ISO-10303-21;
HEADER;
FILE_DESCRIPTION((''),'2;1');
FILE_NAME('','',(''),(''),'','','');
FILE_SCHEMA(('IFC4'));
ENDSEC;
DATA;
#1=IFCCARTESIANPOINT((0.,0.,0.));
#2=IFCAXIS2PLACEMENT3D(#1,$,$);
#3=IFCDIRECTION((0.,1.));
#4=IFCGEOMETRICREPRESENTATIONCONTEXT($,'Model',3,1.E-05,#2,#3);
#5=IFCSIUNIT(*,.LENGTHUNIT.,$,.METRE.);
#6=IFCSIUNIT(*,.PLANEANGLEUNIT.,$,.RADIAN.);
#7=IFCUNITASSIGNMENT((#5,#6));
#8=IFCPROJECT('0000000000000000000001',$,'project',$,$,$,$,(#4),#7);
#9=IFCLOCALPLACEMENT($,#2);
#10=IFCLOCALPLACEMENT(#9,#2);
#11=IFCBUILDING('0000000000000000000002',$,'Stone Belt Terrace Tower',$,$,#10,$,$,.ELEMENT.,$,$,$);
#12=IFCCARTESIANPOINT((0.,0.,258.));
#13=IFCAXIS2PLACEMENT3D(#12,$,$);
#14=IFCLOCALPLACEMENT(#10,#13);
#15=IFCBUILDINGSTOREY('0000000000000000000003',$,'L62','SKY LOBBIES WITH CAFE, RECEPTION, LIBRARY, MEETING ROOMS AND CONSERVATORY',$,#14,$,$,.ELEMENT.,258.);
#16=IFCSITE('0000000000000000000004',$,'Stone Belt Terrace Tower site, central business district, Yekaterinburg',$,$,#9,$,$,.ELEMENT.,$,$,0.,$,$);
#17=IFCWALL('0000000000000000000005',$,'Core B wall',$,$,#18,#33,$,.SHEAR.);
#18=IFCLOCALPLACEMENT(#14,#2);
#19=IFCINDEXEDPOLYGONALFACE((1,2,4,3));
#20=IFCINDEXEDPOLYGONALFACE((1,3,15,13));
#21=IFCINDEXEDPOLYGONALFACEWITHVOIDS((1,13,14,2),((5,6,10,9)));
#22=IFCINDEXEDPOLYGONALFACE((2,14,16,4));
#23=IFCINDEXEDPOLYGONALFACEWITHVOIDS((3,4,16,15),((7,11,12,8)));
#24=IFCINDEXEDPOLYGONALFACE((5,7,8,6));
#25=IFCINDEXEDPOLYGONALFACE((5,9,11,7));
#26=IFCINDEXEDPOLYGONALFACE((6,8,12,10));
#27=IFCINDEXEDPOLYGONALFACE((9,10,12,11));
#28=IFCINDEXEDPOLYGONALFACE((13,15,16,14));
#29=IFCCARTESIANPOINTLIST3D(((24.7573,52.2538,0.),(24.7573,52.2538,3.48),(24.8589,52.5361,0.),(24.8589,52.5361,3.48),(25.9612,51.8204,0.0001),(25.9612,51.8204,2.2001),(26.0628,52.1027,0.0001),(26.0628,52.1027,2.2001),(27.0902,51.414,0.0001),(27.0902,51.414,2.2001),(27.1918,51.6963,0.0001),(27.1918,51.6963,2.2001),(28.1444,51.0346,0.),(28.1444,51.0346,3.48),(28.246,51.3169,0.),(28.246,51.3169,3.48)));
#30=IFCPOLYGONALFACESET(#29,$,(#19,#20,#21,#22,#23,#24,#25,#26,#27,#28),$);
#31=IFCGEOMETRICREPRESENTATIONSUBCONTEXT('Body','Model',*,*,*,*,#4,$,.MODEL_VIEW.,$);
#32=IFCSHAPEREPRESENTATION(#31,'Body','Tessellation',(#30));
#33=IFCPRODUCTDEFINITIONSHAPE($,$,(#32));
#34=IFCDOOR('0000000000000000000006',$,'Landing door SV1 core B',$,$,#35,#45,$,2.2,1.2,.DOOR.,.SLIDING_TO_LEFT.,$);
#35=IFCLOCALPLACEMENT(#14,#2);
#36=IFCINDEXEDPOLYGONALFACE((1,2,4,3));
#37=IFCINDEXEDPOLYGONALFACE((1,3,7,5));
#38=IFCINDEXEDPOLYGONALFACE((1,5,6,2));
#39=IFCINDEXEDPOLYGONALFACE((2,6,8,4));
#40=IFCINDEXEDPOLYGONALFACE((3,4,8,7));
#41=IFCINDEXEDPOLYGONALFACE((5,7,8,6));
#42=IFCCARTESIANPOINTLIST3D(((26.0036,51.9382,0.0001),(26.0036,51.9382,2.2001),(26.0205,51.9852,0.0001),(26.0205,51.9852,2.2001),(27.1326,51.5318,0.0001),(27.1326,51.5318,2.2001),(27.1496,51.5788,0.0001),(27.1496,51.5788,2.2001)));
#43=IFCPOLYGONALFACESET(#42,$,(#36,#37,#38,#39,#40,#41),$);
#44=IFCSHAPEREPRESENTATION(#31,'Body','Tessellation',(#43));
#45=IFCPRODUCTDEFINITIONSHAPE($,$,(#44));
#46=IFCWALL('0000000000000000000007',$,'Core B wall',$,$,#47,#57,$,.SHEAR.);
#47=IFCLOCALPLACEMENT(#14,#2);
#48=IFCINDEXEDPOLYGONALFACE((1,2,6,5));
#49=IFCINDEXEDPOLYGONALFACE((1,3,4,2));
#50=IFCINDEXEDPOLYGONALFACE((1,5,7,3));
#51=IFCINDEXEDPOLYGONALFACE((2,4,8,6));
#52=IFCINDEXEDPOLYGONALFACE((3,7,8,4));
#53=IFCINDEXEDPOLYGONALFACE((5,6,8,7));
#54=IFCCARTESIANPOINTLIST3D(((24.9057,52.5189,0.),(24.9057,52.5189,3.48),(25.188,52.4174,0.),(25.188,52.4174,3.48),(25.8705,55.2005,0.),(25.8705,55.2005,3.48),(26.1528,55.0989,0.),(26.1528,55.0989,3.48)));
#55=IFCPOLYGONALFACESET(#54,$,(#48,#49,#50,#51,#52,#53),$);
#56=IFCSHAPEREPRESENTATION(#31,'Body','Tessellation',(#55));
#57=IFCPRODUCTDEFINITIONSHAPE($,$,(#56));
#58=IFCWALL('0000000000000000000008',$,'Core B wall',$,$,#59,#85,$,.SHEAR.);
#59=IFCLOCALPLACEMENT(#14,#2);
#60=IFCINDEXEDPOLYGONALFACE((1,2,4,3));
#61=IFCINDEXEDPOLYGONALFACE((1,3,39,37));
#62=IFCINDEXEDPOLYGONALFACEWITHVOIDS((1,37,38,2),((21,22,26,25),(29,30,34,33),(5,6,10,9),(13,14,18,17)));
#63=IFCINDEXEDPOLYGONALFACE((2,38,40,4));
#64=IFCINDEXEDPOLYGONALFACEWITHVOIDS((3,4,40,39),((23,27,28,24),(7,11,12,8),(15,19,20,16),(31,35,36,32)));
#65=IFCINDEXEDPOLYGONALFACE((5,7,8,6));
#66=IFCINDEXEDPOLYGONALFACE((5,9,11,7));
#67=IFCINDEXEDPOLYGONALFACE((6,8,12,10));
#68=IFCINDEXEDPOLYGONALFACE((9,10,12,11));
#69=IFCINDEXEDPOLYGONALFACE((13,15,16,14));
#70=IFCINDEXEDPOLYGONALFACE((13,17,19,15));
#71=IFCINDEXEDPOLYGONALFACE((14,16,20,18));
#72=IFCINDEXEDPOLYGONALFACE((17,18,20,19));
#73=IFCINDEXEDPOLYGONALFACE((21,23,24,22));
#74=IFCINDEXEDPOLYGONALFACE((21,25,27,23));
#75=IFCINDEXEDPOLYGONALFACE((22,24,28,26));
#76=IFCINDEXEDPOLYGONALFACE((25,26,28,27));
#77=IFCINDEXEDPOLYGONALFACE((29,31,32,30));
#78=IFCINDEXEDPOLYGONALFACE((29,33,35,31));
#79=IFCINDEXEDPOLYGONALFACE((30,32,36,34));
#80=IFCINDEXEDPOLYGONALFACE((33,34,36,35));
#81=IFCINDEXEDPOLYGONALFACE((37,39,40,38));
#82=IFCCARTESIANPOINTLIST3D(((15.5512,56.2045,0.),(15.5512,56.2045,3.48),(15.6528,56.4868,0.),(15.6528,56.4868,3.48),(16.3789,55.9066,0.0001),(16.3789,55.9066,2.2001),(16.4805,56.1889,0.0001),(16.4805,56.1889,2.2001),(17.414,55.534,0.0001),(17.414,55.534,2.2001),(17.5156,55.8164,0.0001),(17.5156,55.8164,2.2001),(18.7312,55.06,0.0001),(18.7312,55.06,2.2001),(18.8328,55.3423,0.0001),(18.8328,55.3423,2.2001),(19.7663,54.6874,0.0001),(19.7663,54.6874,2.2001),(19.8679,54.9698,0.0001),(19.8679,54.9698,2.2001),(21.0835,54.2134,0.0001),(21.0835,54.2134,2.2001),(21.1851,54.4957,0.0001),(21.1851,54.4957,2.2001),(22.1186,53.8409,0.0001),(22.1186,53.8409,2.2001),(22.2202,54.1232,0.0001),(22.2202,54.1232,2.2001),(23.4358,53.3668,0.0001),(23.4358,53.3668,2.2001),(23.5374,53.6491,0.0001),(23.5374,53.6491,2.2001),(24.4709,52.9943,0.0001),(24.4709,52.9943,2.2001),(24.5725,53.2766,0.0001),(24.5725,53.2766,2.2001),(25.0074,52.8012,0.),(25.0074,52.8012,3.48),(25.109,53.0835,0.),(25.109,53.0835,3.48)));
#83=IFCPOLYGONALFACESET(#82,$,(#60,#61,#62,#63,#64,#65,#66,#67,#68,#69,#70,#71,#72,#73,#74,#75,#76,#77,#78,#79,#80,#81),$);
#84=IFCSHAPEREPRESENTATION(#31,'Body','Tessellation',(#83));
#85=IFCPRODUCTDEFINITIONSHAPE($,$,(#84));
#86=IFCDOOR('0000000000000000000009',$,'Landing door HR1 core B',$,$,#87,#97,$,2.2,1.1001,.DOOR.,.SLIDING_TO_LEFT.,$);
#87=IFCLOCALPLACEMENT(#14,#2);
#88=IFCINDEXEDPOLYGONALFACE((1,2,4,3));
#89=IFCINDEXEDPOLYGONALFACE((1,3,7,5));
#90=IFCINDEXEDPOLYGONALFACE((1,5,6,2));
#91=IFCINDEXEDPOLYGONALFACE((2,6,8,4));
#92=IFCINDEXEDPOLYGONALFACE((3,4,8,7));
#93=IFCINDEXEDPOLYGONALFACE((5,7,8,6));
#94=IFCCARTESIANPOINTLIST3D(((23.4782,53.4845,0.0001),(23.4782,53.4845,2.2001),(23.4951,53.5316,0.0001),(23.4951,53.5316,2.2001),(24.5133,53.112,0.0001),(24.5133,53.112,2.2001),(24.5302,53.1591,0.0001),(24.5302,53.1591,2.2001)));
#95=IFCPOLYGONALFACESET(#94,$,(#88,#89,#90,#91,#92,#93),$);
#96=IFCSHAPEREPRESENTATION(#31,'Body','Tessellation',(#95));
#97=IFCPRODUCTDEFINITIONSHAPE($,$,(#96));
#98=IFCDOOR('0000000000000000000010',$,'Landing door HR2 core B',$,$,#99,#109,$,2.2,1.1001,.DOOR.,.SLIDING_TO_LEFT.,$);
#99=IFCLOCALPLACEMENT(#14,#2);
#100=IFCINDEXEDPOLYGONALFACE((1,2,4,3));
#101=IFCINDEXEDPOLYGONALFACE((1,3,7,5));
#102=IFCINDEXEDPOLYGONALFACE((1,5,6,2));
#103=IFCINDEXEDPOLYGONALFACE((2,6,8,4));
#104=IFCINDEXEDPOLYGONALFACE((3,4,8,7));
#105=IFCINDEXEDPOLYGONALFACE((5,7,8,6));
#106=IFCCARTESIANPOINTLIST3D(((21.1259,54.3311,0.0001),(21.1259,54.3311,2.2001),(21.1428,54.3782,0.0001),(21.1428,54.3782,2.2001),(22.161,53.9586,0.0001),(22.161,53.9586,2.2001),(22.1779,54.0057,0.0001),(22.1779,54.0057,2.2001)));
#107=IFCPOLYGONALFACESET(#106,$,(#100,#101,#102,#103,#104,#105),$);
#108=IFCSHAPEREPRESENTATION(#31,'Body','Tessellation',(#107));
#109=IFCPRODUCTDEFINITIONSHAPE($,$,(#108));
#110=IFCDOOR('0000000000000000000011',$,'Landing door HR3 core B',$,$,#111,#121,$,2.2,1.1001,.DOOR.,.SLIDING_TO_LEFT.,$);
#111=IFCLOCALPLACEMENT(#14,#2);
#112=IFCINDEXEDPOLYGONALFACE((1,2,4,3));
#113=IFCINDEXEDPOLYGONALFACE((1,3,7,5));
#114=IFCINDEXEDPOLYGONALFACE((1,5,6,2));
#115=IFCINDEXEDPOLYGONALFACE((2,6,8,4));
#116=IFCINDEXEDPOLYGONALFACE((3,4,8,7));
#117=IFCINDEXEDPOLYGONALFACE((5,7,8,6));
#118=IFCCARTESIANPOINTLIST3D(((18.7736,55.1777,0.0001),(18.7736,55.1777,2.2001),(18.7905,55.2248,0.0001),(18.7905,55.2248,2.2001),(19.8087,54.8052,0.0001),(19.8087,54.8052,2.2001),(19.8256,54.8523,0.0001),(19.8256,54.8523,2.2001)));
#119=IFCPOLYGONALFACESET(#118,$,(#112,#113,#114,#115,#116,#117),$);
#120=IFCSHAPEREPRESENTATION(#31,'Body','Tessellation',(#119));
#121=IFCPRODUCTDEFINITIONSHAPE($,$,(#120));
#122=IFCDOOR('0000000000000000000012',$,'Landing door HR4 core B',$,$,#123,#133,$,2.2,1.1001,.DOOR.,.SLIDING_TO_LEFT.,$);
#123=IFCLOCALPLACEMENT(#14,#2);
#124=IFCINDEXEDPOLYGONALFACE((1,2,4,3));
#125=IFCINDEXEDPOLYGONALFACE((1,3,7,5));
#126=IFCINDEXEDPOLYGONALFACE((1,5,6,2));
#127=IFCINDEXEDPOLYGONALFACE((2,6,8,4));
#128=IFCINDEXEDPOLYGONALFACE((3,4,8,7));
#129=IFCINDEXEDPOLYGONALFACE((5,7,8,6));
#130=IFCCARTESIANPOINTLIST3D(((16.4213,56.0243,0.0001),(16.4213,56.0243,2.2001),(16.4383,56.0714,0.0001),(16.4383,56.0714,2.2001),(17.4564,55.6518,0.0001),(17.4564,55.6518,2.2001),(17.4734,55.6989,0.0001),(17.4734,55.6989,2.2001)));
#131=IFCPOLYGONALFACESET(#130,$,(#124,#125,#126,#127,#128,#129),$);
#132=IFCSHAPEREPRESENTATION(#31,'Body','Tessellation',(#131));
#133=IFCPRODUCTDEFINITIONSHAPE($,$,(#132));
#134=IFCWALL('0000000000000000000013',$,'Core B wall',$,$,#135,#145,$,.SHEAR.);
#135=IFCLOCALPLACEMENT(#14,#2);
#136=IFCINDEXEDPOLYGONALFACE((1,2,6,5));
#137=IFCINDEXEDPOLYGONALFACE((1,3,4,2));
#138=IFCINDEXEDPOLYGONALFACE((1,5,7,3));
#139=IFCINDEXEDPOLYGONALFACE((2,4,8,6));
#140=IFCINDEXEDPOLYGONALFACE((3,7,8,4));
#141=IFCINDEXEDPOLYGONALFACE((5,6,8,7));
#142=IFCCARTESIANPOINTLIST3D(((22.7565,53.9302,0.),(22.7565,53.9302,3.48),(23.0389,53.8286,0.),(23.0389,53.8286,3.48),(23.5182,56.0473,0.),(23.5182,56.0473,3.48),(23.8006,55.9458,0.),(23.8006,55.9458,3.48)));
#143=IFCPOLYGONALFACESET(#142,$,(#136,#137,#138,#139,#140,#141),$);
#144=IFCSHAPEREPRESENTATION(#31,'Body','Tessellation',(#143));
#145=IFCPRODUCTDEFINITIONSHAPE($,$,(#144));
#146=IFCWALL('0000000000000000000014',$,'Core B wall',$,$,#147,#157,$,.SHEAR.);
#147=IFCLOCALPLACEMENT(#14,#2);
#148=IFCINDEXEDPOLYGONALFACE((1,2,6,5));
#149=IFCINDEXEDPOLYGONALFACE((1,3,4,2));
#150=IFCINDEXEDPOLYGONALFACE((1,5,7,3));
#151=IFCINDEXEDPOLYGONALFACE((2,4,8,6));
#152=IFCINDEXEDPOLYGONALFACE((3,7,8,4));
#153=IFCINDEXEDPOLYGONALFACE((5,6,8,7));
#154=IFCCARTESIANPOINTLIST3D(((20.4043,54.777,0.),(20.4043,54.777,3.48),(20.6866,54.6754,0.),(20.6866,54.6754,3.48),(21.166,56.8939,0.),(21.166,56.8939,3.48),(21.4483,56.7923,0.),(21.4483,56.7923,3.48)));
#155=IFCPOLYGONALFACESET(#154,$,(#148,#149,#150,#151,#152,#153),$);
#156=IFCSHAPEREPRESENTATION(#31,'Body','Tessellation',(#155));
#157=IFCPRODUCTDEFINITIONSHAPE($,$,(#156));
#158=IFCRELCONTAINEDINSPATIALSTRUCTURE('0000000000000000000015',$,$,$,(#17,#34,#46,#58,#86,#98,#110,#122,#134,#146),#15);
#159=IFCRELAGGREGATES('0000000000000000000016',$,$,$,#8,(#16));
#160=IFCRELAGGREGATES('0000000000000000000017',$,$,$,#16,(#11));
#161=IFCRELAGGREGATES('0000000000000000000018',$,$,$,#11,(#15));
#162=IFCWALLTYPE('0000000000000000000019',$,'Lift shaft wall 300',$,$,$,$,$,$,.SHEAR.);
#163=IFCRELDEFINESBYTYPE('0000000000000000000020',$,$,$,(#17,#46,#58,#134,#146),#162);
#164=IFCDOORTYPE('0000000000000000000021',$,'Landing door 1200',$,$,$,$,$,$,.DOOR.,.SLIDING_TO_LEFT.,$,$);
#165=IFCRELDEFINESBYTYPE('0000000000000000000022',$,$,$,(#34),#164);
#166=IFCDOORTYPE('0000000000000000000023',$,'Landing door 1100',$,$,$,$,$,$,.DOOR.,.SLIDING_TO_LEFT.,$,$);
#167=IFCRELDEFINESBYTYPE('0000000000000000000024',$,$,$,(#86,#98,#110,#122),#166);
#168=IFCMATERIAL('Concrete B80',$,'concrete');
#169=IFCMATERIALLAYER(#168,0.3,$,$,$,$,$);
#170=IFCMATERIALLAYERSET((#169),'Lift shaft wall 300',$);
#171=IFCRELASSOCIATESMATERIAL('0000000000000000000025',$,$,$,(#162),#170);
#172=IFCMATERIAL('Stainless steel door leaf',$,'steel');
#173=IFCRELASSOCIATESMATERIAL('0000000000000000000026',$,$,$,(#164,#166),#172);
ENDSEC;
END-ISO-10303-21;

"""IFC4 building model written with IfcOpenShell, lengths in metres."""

from ifc_helpers import new_model, si_unit, direction, frame, frame_2d, origin, place, context, subcontext, project, spatial, rectangle, extrude, material, layer, layer_set, type_object, element, fill, save


model = new_model("IFC4")

# Units and contexts
model_context = context("Model", 3, precision=1e-05, world=origin(), true_north=direction((0.0, 1.0)))
body_context = subcontext(model_context, "Body", "Model", "MODEL_VIEW")
ifc_project = project(units=[si_unit("LENGTHUNIT", "METRE"), si_unit("PLANEANGLEUNIT", "RADIAN")], contexts=[model_context])

# Site, building, storey
site_placement = place(None, origin())
site = spatial("IfcSite", under=ifc_project, at=site_placement, Name="Stone Belt Terrace Tower site, central business district, Yekaterinburg", CompositionType="ELEMENT", RefElevation=0.0)
building_placement = place(site_placement, origin())
building = spatial("IfcBuilding", under=site, at=building_placement, Name="Stone Belt Terrace Tower", CompositionType="ELEMENT")
storey_placement = place(building_placement, frame((0.0, 0.0, 258.0)))
storey = spatial("IfcBuildingStorey", under=building, at=storey_placement, Name="L62", Description="SKY LOBBIES WITH CAFE, RECEPTION, LIBRARY, MEETING ROOMS AND CONSERVATORY", CompositionType="ELEMENT", Elevation=258.0)

# Wall, opening, door
ifc_material_1 = material(Name="Concrete B80", Category="concrete")
ifc_layer_1 = layer(ifc_material_1, 0.3)
ifc_layer_set_1 = layer_set([ifc_layer_1], Name="Lift shaft wall 300")
wall_type_1 = type_object("IfcWallType", Name="Lift shaft wall 300", PredefinedType="SHEAR", material=ifc_layer_set_1)
wall_1_placement = place(storey_placement, frame((28.1951, 51.1758, 0.0), z_axis=(0.0, 0.0, 1.0), x_axis=(-0.940901, 0.338681, 0.0)))
wall_1 = element("IfcWall", 1, at=wall_1_placement, inside=storey, type_object=wall_type_1, Name="Core B wall", PredefinedType="SHEAR", context=body_context, shape_type="SweptSolid", body=[
    extrude(rectangle(XDim=3.5999, YDim=0.3, at=frame_2d((1.7998, 0.0))), origin(), (0.0, 0.0, 1.0), 3.48),
])
opening_1_placement = place(wall_1_placement, frame((1.1201, 0.0, 0.0)))
opening_1 = element("IfcOpeningElement", 2, at=opening_1_placement, cuts=wall_1, PredefinedType="OPENING", context=body_context, shape_type="SweptSolid", body=[
    extrude(rectangle(XDim=1.2, YDim=2.2, at=frame_2d((0.6001, 1.1001))), frame((0.0, 0.1599, 0.0), z_axis=(0.0, -1.0, 0.0), x_axis=(1.0, 0.0, 0.0)), (0.0, 0.0, 1.0), 0.3201),
])
ifc_material_2 = material(Name="Stainless steel door leaf", Category="steel")
door_type_1 = type_object("IfcDoorType", Name="Landing door 1200", OperationType="SLIDING_TO_LEFT", PredefinedType="DOOR", material=ifc_material_2)
door_1_placement = place(opening_1_placement, origin())
door_1 = element("IfcDoor", 3, at=door_1_placement, inside=storey, type_object=door_type_1, Name="Landing door SV1 core B", OperationType="SLIDING_TO_LEFT", OverallHeight=2.2, OverallWidth=1.2, PredefinedType="DOOR", context=body_context, shape_type="SweptSolid", body=[
    extrude(rectangle(XDim=1.2, YDim=2.2, at=frame_2d((0.6001, 1.1001))), frame((0.0, 0.0249, 0.0), z_axis=(0.0, -1.0, 0.0), x_axis=(1.0, 0.0, 0.0)), (0.0, 0.0, 1.0), 0.05),
])
fill(opening_1, door_1)

# Wall
wall_2_placement = place(storey_placement, frame((25.0469, 52.4683, 0.0), z_axis=(0.0, 0.0, 1.0), x_axis=(0.33855, 0.940949, 0.0)))
element("IfcWall", 4, at=wall_2_placement, inside=storey, type_object=wall_type_1, Name="Core B wall", PredefinedType="SHEAR", context=body_context, shape_type="SweptSolid", body=[
    extrude(rectangle(XDim=2.8499, YDim=0.3, at=frame_2d((1.4248, 0.0))), origin(), (0.0, 0.0, 1.0), 3.48),
])

# Wall, openings, doors
wall_3_placement = place(storey_placement, frame((25.0581, 52.9424, 0.0), z_axis=(0.0, 0.0, 1.0), x_axis=(-0.940917, 0.338636, 0.0)))
wall_3 = element("IfcWall", 5, at=wall_3_placement, inside=storey, type_object=wall_type_1, Name="Core B wall", PredefinedType="SHEAR", context=body_context, shape_type="SweptSolid", body=[
    extrude(rectangle(XDim=10.05, YDim=0.3, at=frame_2d((5.0249, 0.0))), origin(), (0.0, 0.0, 1.0), 3.48),
])
opening_2_placement = place(wall_3_placement, frame((0.5701, 0.0, 0.0)))
opening_2 = element("IfcOpeningElement", 6, at=opening_2_placement, cuts=wall_3, PredefinedType="OPENING", context=body_context, shape_type="SweptSolid", body=[
    extrude(rectangle(XDim=1.1001, YDim=2.2, at=frame_2d((0.55, 1.1001))), frame((0.0, 0.1599, 0.0), z_axis=(0.0, -1.0, 0.0), x_axis=(1.0, 0.0, 0.0)), (0.0, 0.0, 1.0), 0.3201),
])
opening_3_placement = place(wall_3_placement, frame((3.0701, 0.0, 0.0)))
opening_3 = element("IfcOpeningElement", 7, at=opening_3_placement, cuts=wall_3, PredefinedType="OPENING", context=body_context, shape_type="SweptSolid", body=[
    extrude(rectangle(XDim=1.1001, YDim=2.2, at=frame_2d((0.55, 1.1001))), frame((0.0, 0.1599, 0.0), z_axis=(0.0, -1.0, 0.0), x_axis=(1.0, 0.0, 0.0)), (0.0, 0.0, 1.0), 0.3201),
])
opening_4_placement = place(wall_3_placement, frame((5.5701, 0.0, 0.0)))
opening_4 = element("IfcOpeningElement", 8, at=opening_4_placement, cuts=wall_3, PredefinedType="OPENING", context=body_context, shape_type="SweptSolid", body=[
    extrude(rectangle(XDim=1.1001, YDim=2.2, at=frame_2d((0.55, 1.1001))), frame((0.0, 0.1599, 0.0), z_axis=(0.0, -1.0, 0.0), x_axis=(1.0, 0.0, 0.0)), (0.0, 0.0, 1.0), 0.3201),
])
opening_5_placement = place(wall_3_placement, frame((8.0701, 0.0, 0.0)))
opening_5 = element("IfcOpeningElement", 9, at=opening_5_placement, cuts=wall_3, PredefinedType="OPENING", context=body_context, shape_type="SweptSolid", body=[
    extrude(rectangle(XDim=1.1001, YDim=2.2, at=frame_2d((0.55, 1.1001))), frame((0.0, 0.1599, 0.0), z_axis=(0.0, -1.0, 0.0), x_axis=(1.0, 0.0, 0.0)), (0.0, 0.0, 1.0), 0.3201),
])
door_type_2 = type_object("IfcDoorType", Name="Landing door 1100", OperationType="SLIDING_TO_LEFT", PredefinedType="DOOR", material=ifc_material_2)
door_2_placement = place(opening_2_placement, origin())
door_2 = element("IfcDoor", 10, at=door_2_placement, inside=storey, type_object=door_type_2, Name="Landing door HR1 core B", OperationType="SLIDING_TO_LEFT", OverallHeight=2.2, OverallWidth=1.1001, PredefinedType="DOOR", context=body_context, shape_type="SweptSolid", body=[
    extrude(rectangle(XDim=1.1001, YDim=2.2, at=frame_2d((0.55, 1.1001))), frame((0.0, 0.0249, 0.0), z_axis=(0.0, -1.0, 0.0), x_axis=(1.0, 0.0, 0.0)), (0.0, 0.0, 1.0), 0.05),
])
fill(opening_2, door_2)
door_3_placement = place(opening_3_placement, origin())
door_3 = element("IfcDoor", 11, at=door_3_placement, inside=storey, type_object=door_type_2, Name="Landing door HR2 core B", OperationType="SLIDING_TO_LEFT", OverallHeight=2.2, OverallWidth=1.1001, PredefinedType="DOOR", context=body_context, shape_type="SweptSolid", body=[
    extrude(rectangle(XDim=1.1001, YDim=2.2, at=frame_2d((0.55, 1.1001))), frame((0.0, 0.0249, 0.0), z_axis=(0.0, -1.0, 0.0), x_axis=(1.0, 0.0, 0.0)), (0.0, 0.0, 1.0), 0.05),
])
fill(opening_3, door_3)
door_4_placement = place(opening_4_placement, origin())
door_4 = element("IfcDoor", 12, at=door_4_placement, inside=storey, type_object=door_type_2, Name="Landing door HR3 core B", OperationType="SLIDING_TO_LEFT", OverallHeight=2.2, OverallWidth=1.1001, PredefinedType="DOOR", context=body_context, shape_type="SweptSolid", body=[
    extrude(rectangle(XDim=1.1001, YDim=2.2, at=frame_2d((0.55, 1.1001))), frame((0.0, 0.0249, 0.0), z_axis=(0.0, -1.0, 0.0), x_axis=(1.0, 0.0, 0.0)), (0.0, 0.0, 1.0), 0.05),
])
fill(opening_4, door_4)
door_5_placement = place(opening_5_placement, origin())
door_5 = element("IfcDoor", 13, at=door_5_placement, inside=storey, type_object=door_type_2, Name="Landing door HR4 core B", OperationType="SLIDING_TO_LEFT", OverallHeight=2.2, OverallWidth=1.1001, PredefinedType="DOOR", context=body_context, shape_type="SweptSolid", body=[
    extrude(rectangle(XDim=1.1001, YDim=2.2, at=frame_2d((0.55, 1.1001))), frame((0.0, 0.0249, 0.0), z_axis=(0.0, -1.0, 0.0), x_axis=(1.0, 0.0, 0.0)), (0.0, 0.0, 1.0), 0.05),
])
fill(opening_5, door_5)

# Walls
wall_4_placement = place(storey_placement, frame((22.8977, 53.8794, 0.0), z_axis=(0.0, 0.0, 1.0), x_axis=(0.338535, 0.940954, 0.0)))
element("IfcWall", 14, at=wall_4_placement, inside=storey, type_object=wall_type_1, Name="Core B wall", PredefinedType="SHEAR", context=body_context, shape_type="SweptSolid", body=[
    extrude(rectangle(XDim=2.25, YDim=0.3, at=frame_2d((1.125, 0.0))), origin(), (0.0, 0.0, 1.0), 3.48),
])
wall_5_placement = place(storey_placement, frame((20.5454, 54.7261, 0.0), z_axis=(0.0, 0.0, 1.0), x_axis=(0.33857, 0.940941, 0.0)))
element("IfcWall", 15, at=wall_5_placement, inside=storey, type_object=wall_type_1, Name="Core B wall", PredefinedType="SHEAR", context=body_context, shape_type="SweptSolid", body=[
    extrude(rectangle(XDim=2.2498, YDim=0.3, at=frame_2d((1.125, 0.0))), origin(), (0.0, 0.0, 1.0), 3.48),
])

save(model, "model.ifc")
